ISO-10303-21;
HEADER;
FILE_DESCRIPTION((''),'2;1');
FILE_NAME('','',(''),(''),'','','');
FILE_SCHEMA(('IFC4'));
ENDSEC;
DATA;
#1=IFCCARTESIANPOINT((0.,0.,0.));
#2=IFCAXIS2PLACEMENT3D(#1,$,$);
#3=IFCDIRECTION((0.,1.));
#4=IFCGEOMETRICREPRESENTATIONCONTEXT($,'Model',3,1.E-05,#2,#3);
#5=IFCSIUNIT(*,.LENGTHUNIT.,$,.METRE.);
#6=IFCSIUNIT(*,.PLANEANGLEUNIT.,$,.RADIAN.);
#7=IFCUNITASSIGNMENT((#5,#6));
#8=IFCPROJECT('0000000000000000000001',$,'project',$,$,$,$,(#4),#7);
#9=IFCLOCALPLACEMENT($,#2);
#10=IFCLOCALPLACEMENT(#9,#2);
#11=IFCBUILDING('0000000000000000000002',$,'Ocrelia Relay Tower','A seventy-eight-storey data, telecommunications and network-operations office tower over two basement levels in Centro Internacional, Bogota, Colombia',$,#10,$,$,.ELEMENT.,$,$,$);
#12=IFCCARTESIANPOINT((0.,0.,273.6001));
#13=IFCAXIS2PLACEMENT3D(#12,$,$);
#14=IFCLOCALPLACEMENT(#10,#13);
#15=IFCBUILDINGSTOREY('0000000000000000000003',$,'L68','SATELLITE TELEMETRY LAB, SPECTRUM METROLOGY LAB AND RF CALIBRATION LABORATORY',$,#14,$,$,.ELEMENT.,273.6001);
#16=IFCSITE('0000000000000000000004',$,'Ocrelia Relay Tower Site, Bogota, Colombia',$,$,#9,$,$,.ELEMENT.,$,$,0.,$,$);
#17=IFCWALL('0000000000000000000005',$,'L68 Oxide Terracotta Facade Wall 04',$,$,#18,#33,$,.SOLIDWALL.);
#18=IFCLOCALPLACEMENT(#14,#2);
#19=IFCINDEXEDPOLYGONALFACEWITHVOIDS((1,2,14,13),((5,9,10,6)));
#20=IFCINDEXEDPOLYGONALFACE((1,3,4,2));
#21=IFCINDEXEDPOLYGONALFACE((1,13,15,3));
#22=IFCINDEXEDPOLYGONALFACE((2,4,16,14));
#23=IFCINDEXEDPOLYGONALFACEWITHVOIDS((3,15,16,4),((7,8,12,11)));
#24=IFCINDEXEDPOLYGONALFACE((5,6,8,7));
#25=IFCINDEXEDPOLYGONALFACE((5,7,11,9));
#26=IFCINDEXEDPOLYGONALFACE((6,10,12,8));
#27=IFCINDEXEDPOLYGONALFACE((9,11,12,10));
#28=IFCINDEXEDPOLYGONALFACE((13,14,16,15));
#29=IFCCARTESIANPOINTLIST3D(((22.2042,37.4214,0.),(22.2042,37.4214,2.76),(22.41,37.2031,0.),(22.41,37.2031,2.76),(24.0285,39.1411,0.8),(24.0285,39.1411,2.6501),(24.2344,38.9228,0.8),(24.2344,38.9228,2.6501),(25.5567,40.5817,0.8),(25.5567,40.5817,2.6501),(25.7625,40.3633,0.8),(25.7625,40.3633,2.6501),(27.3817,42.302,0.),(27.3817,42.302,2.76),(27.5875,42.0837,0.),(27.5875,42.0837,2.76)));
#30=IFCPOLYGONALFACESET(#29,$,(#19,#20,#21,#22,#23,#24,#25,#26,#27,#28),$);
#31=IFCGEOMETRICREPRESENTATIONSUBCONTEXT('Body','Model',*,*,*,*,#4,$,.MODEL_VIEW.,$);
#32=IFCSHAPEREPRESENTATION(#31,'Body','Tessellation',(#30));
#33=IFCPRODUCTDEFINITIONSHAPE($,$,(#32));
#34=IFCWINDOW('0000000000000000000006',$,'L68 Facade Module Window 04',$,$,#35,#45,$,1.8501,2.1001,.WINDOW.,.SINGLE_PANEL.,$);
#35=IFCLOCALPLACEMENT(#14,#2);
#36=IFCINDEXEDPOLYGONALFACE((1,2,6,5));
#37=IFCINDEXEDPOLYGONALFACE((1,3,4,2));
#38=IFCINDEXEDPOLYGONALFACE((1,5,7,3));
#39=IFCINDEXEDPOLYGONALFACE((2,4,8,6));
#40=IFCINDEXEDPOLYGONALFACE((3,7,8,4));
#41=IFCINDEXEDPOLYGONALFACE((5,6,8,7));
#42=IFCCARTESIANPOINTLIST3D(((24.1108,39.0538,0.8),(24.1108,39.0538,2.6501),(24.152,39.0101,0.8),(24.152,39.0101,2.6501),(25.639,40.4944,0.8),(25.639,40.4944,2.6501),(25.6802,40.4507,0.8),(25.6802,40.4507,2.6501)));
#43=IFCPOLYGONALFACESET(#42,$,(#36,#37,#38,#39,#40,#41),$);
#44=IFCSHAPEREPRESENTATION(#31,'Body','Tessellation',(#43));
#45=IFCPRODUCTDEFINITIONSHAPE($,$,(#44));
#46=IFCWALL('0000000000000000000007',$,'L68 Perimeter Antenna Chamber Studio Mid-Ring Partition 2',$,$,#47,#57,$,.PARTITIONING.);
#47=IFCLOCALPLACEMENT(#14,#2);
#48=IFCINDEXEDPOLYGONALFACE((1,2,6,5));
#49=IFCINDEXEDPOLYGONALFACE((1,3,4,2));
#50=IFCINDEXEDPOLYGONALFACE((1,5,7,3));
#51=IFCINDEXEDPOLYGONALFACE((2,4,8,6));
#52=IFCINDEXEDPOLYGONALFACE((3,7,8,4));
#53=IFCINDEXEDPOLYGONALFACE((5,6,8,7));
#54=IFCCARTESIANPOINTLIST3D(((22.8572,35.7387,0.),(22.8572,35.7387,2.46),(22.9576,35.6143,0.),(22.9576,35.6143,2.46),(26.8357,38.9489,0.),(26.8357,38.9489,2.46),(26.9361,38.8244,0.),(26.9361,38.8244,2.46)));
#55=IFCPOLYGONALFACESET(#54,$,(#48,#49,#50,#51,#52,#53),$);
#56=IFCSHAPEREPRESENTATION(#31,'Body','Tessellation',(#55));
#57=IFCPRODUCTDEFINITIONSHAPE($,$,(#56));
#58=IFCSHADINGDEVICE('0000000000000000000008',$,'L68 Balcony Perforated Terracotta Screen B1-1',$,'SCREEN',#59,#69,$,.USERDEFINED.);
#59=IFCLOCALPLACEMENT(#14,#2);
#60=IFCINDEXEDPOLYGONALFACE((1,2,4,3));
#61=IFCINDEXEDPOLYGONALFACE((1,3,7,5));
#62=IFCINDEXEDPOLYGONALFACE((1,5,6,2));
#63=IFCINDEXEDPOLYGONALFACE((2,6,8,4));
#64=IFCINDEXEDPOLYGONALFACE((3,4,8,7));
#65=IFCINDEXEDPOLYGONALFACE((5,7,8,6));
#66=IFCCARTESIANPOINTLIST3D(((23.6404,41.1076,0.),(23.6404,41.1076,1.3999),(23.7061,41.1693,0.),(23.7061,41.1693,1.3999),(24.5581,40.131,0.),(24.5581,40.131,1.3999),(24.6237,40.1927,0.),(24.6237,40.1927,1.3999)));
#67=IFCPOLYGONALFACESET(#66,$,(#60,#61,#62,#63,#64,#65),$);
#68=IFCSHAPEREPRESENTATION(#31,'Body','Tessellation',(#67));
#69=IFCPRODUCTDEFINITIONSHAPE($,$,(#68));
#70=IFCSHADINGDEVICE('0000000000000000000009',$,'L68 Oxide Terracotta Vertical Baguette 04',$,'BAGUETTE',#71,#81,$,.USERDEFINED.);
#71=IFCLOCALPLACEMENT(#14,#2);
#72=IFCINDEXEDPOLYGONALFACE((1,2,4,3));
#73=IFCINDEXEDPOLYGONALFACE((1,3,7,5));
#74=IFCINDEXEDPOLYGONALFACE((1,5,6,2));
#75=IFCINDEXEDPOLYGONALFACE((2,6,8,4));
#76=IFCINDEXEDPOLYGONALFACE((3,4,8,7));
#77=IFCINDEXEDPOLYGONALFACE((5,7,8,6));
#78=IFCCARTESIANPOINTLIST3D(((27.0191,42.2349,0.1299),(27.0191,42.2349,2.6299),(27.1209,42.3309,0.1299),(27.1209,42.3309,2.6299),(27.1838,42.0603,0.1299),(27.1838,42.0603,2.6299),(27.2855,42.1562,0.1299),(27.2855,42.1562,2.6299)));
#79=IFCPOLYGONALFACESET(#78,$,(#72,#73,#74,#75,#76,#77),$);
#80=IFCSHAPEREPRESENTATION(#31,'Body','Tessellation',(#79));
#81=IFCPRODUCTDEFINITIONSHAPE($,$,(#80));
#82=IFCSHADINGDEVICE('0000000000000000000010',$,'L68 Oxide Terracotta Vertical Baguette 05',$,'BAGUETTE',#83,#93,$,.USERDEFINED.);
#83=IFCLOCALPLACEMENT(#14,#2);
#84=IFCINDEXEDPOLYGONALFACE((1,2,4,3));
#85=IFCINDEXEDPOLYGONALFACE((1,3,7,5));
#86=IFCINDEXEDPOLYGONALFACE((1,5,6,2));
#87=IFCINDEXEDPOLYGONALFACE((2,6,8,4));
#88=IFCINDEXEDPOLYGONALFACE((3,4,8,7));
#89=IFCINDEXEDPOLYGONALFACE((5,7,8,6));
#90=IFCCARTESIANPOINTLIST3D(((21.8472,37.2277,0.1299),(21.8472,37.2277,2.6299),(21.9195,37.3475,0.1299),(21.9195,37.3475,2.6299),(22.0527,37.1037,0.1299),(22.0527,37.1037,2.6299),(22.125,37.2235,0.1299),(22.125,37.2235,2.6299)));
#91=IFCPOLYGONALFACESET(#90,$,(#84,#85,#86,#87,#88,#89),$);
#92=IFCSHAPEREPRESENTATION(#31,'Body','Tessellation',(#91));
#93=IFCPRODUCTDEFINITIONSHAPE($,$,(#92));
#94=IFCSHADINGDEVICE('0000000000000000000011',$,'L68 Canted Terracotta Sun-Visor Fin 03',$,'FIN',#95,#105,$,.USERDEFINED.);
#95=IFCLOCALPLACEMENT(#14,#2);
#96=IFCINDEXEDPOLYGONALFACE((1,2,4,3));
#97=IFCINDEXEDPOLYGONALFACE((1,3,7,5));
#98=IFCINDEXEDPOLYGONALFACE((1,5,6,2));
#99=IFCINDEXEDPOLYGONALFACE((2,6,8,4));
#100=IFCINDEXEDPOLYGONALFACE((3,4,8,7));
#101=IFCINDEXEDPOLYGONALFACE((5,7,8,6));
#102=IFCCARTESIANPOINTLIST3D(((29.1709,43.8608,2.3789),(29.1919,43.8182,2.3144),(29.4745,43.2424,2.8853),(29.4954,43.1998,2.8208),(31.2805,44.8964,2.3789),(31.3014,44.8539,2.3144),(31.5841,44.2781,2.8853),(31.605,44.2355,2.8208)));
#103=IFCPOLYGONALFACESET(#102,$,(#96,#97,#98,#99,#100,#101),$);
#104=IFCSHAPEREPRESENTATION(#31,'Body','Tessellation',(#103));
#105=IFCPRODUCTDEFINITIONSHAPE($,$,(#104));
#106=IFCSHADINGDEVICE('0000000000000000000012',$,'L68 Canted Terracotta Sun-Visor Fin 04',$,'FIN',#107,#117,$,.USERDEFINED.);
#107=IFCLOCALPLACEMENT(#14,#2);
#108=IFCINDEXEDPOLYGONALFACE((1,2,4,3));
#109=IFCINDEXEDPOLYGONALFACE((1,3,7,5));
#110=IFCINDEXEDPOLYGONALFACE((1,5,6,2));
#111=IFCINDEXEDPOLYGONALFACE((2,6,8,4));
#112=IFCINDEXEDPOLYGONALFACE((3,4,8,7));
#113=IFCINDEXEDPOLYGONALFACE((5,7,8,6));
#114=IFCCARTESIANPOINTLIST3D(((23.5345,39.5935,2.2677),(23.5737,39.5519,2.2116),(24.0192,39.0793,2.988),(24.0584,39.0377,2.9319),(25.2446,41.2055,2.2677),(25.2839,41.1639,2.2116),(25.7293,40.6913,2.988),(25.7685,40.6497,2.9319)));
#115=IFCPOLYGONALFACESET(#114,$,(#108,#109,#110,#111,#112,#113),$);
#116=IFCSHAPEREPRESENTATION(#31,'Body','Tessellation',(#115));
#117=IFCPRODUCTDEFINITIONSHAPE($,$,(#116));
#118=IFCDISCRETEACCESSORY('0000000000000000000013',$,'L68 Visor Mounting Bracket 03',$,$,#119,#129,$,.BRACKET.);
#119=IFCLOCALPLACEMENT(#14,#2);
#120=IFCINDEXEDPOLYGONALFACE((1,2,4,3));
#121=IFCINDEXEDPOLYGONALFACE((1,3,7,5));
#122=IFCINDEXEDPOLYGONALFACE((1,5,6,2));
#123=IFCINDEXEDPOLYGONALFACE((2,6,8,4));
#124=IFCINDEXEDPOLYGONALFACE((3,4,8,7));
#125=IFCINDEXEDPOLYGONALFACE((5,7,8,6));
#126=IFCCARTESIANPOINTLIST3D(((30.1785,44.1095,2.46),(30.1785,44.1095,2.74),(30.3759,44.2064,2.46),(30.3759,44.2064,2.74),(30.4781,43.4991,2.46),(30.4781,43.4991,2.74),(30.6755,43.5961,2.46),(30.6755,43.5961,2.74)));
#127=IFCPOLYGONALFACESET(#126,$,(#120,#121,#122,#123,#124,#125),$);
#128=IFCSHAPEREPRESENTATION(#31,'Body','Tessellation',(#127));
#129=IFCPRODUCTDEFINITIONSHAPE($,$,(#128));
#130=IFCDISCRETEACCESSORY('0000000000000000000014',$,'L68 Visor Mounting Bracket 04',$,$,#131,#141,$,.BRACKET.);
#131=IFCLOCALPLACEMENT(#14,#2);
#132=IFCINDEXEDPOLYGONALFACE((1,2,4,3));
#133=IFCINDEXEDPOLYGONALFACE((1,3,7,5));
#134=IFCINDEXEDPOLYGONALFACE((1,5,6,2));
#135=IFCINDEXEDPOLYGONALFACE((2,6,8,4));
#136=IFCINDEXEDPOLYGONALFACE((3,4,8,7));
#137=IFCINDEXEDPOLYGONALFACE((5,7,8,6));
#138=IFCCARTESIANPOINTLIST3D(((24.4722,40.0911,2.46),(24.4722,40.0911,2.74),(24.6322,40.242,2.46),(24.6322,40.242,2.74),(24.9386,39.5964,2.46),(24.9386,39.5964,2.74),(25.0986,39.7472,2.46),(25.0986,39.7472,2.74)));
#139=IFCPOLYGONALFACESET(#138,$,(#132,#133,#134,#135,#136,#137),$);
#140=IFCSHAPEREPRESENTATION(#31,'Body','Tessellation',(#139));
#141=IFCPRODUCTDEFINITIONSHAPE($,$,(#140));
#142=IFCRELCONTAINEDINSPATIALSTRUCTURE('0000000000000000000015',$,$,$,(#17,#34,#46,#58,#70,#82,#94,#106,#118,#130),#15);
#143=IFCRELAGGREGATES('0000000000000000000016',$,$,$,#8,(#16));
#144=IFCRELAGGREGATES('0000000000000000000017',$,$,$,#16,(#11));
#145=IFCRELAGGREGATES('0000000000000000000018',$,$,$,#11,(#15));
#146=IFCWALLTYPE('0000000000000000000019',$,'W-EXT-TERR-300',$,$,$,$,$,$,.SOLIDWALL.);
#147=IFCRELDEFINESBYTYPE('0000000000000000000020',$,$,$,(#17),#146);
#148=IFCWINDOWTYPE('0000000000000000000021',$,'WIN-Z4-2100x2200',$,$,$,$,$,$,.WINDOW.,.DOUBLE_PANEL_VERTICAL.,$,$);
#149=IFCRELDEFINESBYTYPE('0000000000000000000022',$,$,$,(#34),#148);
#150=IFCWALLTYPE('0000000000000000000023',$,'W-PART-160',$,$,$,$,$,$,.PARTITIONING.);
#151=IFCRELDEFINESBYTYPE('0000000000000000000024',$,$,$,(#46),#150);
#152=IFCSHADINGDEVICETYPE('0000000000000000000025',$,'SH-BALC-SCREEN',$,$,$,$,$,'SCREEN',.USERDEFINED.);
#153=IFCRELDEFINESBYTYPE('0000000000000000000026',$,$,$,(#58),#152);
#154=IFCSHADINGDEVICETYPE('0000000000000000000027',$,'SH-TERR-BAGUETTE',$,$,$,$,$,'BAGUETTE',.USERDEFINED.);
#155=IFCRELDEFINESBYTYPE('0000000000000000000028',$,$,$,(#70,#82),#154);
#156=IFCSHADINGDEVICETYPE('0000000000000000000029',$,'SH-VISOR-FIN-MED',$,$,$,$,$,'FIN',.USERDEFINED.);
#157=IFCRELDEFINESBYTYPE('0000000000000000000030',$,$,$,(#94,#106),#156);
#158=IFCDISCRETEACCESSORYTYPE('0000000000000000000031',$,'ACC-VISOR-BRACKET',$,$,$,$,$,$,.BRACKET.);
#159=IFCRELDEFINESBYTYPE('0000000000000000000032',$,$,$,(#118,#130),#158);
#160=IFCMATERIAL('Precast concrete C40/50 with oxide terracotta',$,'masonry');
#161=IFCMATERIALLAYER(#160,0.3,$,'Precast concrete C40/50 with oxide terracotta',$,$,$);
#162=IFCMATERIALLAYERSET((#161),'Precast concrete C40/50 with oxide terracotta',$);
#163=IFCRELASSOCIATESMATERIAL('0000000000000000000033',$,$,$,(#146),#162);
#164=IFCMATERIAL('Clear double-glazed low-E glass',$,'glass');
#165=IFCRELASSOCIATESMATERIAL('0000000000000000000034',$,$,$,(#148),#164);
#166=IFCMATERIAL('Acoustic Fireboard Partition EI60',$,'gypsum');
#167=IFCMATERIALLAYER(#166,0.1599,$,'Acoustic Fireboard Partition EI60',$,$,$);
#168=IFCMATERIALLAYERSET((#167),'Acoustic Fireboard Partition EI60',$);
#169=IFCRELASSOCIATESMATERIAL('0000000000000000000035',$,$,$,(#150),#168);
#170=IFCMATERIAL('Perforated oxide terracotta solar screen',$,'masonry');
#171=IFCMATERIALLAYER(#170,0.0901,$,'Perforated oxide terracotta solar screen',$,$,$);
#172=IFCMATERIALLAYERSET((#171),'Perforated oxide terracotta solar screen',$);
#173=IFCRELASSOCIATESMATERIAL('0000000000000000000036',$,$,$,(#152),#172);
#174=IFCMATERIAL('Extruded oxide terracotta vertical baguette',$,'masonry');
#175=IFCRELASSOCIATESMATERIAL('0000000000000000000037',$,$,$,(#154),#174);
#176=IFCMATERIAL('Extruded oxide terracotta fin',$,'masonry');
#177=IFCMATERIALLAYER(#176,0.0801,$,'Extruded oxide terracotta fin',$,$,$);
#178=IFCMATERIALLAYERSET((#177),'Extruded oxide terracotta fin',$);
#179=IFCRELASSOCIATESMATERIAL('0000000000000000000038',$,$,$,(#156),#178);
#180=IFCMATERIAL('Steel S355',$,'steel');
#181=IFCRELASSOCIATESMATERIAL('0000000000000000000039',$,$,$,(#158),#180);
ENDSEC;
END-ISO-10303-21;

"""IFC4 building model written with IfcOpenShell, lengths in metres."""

from ifc_helpers import new_model, si_unit, direction, frame, frame_2d, origin, origin_2d, place, context, subcontext, project, spatial, rectangle, extrude, material, layer, layer_set, type_object, element, fill, save


model = new_model("IFC4")

# Units and contexts
model_context = context("Model", 3, precision=1e-05, world=origin(), true_north=direction((0.0, 1.0)))
body_context = subcontext(model_context, "Body", "Model", "MODEL_VIEW")
ifc_project = project(units=[si_unit("LENGTHUNIT", "METRE"), si_unit("PLANEANGLEUNIT", "RADIAN")], contexts=[model_context])

# Site, building, storey
site_placement = place(None, origin())
site = spatial("IfcSite", under=ifc_project, at=site_placement, Name="Ocrelia Relay Tower Site, Bogota, Colombia", CompositionType="ELEMENT", RefElevation=0.0)
building_placement = place(site_placement, origin())
building = spatial("IfcBuilding", under=site, at=building_placement, Name="Ocrelia Relay Tower", Description="A seventy-eight-storey data, telecommunications and network-operations office tower over two basement levels in Centro Internacional, Bogota, Colombia", CompositionType="ELEMENT")
storey_placement = place(building_placement, frame((0.0, 0.0, 273.6001)))
storey = spatial("IfcBuildingStorey", under=building, at=storey_placement, Name="L68", Description="SATELLITE TELEMETRY LAB, SPECTRUM METROLOGY LAB AND RF CALIBRATION LABORATORY", CompositionType="ELEMENT", Elevation=273.6001)

# Shared definitions
ifc_material_1 = material(Name="Steel S355", Category="steel")

# Wall, opening, window
ifc_material_2 = material(Name="Precast concrete C40/50 with oxide terracotta", Category="masonry")
ifc_layer_1 = layer(ifc_material_2, 0.3, Name="Precast concrete C40/50 with oxide terracotta")
ifc_layer_set_1 = layer_set([ifc_layer_1], Name="Precast concrete C40/50 with oxide terracotta")
wall_type_1 = type_object("IfcWallType", Name="W-EXT-TERR-300", PredefinedType="SOLIDWALL", material=ifc_layer_set_1)
wall_1_placement = place(storey_placement, frame((27.4846, 42.1929, 0.0), z_axis=(0.0, 0.0, 1.0), x_axis=(-0.727661, -0.685937, 0.0)))
wall_1 = element("IfcWall", 1, at=wall_1_placement, inside=storey, type_object=wall_type_1, Name="L68 Oxide Terracotta Facade Wall 04", PredefinedType="SOLIDWALL", context=body_context, shape_type="SweptSolid", body=[
    extrude(rectangle(XDim=7.1152, YDim=0.3, at=frame_2d((3.5576, 0.0))), origin(), (0.0, 0.0, 1.0), 2.76),
])
opening_1_placement = place(wall_1_placement, frame((2.5081, 0.0, 0.8)))
opening_1 = element("IfcOpeningElement", 2, at=opening_1_placement, cuts=wall_1, PredefinedType="OPENING", context=body_context, shape_type="SweptSolid", body=[
    extrude(rectangle(XDim=2.1001, YDim=1.8501, at=frame_2d((1.05, 0.925))), frame((0.0, 0.1602, 0.0), z_axis=(0.0, -1.0, 0.0), x_axis=(1.0, 0.0, 0.0)), (0.0, 0.0, 1.0), 0.3201),
])
ifc_material_3 = material(Name="Clear double-glazed low-E glass", Category="glass")
window_type = type_object("IfcWindowType", Name="WIN-Z4-2100x2200", PartitioningType="DOUBLE_PANEL_VERTICAL", PredefinedType="WINDOW", material=ifc_material_3)
window_placement = place(opening_1_placement, origin())
window = element("IfcWindow", 3, at=window_placement, inside=storey, type_object=window_type, Name="L68 Facade Module Window 04", OverallHeight=1.8501, OverallWidth=2.1001, PartitioningType="SINGLE_PANEL", PredefinedType="WINDOW", context=body_context, shape_type="SweptSolid", body=[
    extrude(rectangle(XDim=2.1001, YDim=1.8501, at=frame_2d((1.05, 0.925))), frame((0.0, 0.03, 0.0), z_axis=(0.0, -1.0, 0.0), x_axis=(1.0, 0.0, 0.0)), (0.0, 0.0, 1.0), 0.0601),
])
fill(opening_1, window)

# Wall
ifc_material_4 = material(Name="Acoustic Fireboard Partition EI60", Category="gypsum")
ifc_layer_2 = layer(ifc_material_4, 0.1599, Name="Acoustic Fireboard Partition EI60")
ifc_layer_set_2 = layer_set([ifc_layer_2], Name="Acoustic Fireboard Partition EI60")
wall_type_2 = type_object("IfcWallType", Name="W-PART-160", PredefinedType="PARTITIONING", material=ifc_layer_set_2)
wall_2_placement = place(storey_placement, frame((26.886, 38.8867, 0.0), z_axis=(0.0, 0.0, 1.0), x_axis=(-0.778248, -0.627957, 0.0)))
element("IfcWall", 4, at=wall_2_placement, inside=storey, type_object=wall_type_2, Name="L68 Perimeter Antenna Chamber Studio Mid-Ring Partition 2", PredefinedType="PARTITIONING", context=body_context, shape_type="SweptSolid", body=[
    extrude(rectangle(XDim=5.1121, YDim=0.1599, at=frame_2d((2.5562, 0.0))), origin(), (0.0, 0.0, 1.0), 2.46),
])

# Shading devices
ifc_material_5 = material(Name="Perforated oxide terracotta solar screen", Category="masonry")
ifc_layer_3 = layer(ifc_material_5, 0.0901, Name="Perforated oxide terracotta solar screen")
ifc_layer_set_3 = layer_set([ifc_layer_3], Name="Perforated oxide terracotta solar screen")
shading_device_type_1 = type_object("IfcShadingDeviceType", Name="SH-BALC-SCREEN", ElementType="SCREEN", PredefinedType="USERDEFINED", material=ifc_layer_set_3)
shading_device_1_placement = place(storey_placement, frame((24.1321, 40.6501, 0.0), z_axis=(0.0, 0.0, 1.0), x_axis=(-0.684769, 0.72876, 0.0)))
element("IfcShadingDevice", 5, at=shading_device_1_placement, inside=storey, type_object=shading_device_type_1, Name="L68 Balcony Perforated Terracotta Screen B1-1", ObjectType="SCREEN", PredefinedType="USERDEFINED", context=body_context, shape_type="SweptSolid", body=[
    extrude(rectangle(XDim=1.3401, YDim=0.0901, at=origin_2d()), origin(), (0.0, 0.0, 1.0), 1.3999),
])
ifc_material_6 = material(Name="Extruded oxide terracotta vertical baguette", Category="masonry")
shading_device_type_2 = type_object("IfcShadingDeviceType", Name="SH-TERR-BAGUETTE", ElementType="BAGUETTE", PredefinedType="USERDEFINED", material=ifc_material_6)
for number, where, z_axis, x_axis, name in (
    (6, (27.1523, 42.1956, 0.1299), (0.0, 0.0, 1.0), (-0.727676, -0.685921, 0.0), "L68 Oxide Terracotta Vertical Baguette 04"),
    (7, (21.9861, 37.2256, 0.1299), (0.0, 0.0, 1.0), (-0.516537, -0.856265, 0.0), "L68 Oxide Terracotta Vertical Baguette 05"),
):
    element("IfcShadingDevice", number, at=place(storey_placement, frame(where, z_axis=z_axis, x_axis=x_axis)), inside=storey, type_object=shading_device_type_2, Name=name, ObjectType="BAGUETTE", PredefinedType="USERDEFINED", context=body_context, shape_type="SweptSolid", body=[
        extrude(rectangle(XDim=0.1399, YDim=0.24, at=origin_2d()), origin(), (0.0, 0.0, 1.0), 2.5),
    ])
ifc_material_7 = material(Name="Extruded oxide terracotta fin", Category="masonry")
ifc_layer_4 = layer(ifc_material_7, 0.0801, Name="Extruded oxide terracotta fin")
ifc_layer_set_4 = layer_set([ifc_layer_4], Name="Extruded oxide terracotta fin")
shading_device_type_3 = type_object("IfcShadingDeviceType", Name="SH-VISOR-FIN-MED", ElementType="FIN", PredefinedType="USERDEFINED", material=ifc_layer_set_4)
shading_device_2_placement = place(storey_placement, frame((30.3984, 44.0269, 2.5676), z_axis=(-0.261013, 0.531681, 0.805722), x_axis=(-0.897664, -0.440681, 0.0)))
element("IfcShadingDevice", 8, at=shading_device_2_placement, inside=storey, type_object=shading_device_type_3, Name="L68 Canted Terracotta Sun-Visor Fin 03", ObjectType="FIN", PredefinedType="USERDEFINED", context=body_context, shape_type="SweptSolid", body=[
    extrude(rectangle(XDim=2.3501, YDim=0.855, at=origin_2d()), origin(), (0.0, 0.0, 1.0), 0.0801),
])
shading_device_3_placement = place(storey_placement, frame((24.6711, 40.1008, 2.5718), z_axis=(-0.489653, 0.51946, 0.700287), x_axis=(-0.727676, -0.685921, 0.0)))
element("IfcShadingDevice", 9, at=shading_device_3_placement, inside=storey, type_object=shading_device_type_3, Name="L68 Canted Terracotta Sun-Visor Fin 04", ObjectType="FIN", PredefinedType="USERDEFINED", context=body_context, shape_type="SweptSolid", body=[
    extrude(rectangle(XDim=2.3501, YDim=1.009, at=origin_2d()), origin(), (0.0, 0.0, 1.0), 0.0801),
])

# Discrete accessories
discrete_accessory_type = type_object("IfcDiscreteAccessoryType", Name="ACC-VISOR-BRACKET", PredefinedType="BRACKET", material=ifc_material_1)
for number, where, z_axis, x_axis, name in (
    (10, (30.427, 43.8528, 2.46), (0.0, 0.0, 1.0), (-0.897664, -0.440681, 0.0), "L68 Visor Mounting Bracket 03"),
    (11, (24.7854, 39.9192, 2.46), (0.0, 0.0, 1.0), (-0.727676, -0.685921, 0.0), "L68 Visor Mounting Bracket 04"),
):
    element("IfcDiscreteAccessory", number, at=place(storey_placement, frame(where, z_axis=z_axis, x_axis=x_axis)), inside=storey, type_object=discrete_accessory_type, Name=name, PredefinedType="BRACKET", context=body_context, shape_type="SweptSolid", body=[
        extrude(rectangle(XDim=0.22, YDim=0.6799, at=origin_2d()), origin(), (0.0, 0.0, 1.0), 0.28),
    ])

save(model, "model.ifc")
